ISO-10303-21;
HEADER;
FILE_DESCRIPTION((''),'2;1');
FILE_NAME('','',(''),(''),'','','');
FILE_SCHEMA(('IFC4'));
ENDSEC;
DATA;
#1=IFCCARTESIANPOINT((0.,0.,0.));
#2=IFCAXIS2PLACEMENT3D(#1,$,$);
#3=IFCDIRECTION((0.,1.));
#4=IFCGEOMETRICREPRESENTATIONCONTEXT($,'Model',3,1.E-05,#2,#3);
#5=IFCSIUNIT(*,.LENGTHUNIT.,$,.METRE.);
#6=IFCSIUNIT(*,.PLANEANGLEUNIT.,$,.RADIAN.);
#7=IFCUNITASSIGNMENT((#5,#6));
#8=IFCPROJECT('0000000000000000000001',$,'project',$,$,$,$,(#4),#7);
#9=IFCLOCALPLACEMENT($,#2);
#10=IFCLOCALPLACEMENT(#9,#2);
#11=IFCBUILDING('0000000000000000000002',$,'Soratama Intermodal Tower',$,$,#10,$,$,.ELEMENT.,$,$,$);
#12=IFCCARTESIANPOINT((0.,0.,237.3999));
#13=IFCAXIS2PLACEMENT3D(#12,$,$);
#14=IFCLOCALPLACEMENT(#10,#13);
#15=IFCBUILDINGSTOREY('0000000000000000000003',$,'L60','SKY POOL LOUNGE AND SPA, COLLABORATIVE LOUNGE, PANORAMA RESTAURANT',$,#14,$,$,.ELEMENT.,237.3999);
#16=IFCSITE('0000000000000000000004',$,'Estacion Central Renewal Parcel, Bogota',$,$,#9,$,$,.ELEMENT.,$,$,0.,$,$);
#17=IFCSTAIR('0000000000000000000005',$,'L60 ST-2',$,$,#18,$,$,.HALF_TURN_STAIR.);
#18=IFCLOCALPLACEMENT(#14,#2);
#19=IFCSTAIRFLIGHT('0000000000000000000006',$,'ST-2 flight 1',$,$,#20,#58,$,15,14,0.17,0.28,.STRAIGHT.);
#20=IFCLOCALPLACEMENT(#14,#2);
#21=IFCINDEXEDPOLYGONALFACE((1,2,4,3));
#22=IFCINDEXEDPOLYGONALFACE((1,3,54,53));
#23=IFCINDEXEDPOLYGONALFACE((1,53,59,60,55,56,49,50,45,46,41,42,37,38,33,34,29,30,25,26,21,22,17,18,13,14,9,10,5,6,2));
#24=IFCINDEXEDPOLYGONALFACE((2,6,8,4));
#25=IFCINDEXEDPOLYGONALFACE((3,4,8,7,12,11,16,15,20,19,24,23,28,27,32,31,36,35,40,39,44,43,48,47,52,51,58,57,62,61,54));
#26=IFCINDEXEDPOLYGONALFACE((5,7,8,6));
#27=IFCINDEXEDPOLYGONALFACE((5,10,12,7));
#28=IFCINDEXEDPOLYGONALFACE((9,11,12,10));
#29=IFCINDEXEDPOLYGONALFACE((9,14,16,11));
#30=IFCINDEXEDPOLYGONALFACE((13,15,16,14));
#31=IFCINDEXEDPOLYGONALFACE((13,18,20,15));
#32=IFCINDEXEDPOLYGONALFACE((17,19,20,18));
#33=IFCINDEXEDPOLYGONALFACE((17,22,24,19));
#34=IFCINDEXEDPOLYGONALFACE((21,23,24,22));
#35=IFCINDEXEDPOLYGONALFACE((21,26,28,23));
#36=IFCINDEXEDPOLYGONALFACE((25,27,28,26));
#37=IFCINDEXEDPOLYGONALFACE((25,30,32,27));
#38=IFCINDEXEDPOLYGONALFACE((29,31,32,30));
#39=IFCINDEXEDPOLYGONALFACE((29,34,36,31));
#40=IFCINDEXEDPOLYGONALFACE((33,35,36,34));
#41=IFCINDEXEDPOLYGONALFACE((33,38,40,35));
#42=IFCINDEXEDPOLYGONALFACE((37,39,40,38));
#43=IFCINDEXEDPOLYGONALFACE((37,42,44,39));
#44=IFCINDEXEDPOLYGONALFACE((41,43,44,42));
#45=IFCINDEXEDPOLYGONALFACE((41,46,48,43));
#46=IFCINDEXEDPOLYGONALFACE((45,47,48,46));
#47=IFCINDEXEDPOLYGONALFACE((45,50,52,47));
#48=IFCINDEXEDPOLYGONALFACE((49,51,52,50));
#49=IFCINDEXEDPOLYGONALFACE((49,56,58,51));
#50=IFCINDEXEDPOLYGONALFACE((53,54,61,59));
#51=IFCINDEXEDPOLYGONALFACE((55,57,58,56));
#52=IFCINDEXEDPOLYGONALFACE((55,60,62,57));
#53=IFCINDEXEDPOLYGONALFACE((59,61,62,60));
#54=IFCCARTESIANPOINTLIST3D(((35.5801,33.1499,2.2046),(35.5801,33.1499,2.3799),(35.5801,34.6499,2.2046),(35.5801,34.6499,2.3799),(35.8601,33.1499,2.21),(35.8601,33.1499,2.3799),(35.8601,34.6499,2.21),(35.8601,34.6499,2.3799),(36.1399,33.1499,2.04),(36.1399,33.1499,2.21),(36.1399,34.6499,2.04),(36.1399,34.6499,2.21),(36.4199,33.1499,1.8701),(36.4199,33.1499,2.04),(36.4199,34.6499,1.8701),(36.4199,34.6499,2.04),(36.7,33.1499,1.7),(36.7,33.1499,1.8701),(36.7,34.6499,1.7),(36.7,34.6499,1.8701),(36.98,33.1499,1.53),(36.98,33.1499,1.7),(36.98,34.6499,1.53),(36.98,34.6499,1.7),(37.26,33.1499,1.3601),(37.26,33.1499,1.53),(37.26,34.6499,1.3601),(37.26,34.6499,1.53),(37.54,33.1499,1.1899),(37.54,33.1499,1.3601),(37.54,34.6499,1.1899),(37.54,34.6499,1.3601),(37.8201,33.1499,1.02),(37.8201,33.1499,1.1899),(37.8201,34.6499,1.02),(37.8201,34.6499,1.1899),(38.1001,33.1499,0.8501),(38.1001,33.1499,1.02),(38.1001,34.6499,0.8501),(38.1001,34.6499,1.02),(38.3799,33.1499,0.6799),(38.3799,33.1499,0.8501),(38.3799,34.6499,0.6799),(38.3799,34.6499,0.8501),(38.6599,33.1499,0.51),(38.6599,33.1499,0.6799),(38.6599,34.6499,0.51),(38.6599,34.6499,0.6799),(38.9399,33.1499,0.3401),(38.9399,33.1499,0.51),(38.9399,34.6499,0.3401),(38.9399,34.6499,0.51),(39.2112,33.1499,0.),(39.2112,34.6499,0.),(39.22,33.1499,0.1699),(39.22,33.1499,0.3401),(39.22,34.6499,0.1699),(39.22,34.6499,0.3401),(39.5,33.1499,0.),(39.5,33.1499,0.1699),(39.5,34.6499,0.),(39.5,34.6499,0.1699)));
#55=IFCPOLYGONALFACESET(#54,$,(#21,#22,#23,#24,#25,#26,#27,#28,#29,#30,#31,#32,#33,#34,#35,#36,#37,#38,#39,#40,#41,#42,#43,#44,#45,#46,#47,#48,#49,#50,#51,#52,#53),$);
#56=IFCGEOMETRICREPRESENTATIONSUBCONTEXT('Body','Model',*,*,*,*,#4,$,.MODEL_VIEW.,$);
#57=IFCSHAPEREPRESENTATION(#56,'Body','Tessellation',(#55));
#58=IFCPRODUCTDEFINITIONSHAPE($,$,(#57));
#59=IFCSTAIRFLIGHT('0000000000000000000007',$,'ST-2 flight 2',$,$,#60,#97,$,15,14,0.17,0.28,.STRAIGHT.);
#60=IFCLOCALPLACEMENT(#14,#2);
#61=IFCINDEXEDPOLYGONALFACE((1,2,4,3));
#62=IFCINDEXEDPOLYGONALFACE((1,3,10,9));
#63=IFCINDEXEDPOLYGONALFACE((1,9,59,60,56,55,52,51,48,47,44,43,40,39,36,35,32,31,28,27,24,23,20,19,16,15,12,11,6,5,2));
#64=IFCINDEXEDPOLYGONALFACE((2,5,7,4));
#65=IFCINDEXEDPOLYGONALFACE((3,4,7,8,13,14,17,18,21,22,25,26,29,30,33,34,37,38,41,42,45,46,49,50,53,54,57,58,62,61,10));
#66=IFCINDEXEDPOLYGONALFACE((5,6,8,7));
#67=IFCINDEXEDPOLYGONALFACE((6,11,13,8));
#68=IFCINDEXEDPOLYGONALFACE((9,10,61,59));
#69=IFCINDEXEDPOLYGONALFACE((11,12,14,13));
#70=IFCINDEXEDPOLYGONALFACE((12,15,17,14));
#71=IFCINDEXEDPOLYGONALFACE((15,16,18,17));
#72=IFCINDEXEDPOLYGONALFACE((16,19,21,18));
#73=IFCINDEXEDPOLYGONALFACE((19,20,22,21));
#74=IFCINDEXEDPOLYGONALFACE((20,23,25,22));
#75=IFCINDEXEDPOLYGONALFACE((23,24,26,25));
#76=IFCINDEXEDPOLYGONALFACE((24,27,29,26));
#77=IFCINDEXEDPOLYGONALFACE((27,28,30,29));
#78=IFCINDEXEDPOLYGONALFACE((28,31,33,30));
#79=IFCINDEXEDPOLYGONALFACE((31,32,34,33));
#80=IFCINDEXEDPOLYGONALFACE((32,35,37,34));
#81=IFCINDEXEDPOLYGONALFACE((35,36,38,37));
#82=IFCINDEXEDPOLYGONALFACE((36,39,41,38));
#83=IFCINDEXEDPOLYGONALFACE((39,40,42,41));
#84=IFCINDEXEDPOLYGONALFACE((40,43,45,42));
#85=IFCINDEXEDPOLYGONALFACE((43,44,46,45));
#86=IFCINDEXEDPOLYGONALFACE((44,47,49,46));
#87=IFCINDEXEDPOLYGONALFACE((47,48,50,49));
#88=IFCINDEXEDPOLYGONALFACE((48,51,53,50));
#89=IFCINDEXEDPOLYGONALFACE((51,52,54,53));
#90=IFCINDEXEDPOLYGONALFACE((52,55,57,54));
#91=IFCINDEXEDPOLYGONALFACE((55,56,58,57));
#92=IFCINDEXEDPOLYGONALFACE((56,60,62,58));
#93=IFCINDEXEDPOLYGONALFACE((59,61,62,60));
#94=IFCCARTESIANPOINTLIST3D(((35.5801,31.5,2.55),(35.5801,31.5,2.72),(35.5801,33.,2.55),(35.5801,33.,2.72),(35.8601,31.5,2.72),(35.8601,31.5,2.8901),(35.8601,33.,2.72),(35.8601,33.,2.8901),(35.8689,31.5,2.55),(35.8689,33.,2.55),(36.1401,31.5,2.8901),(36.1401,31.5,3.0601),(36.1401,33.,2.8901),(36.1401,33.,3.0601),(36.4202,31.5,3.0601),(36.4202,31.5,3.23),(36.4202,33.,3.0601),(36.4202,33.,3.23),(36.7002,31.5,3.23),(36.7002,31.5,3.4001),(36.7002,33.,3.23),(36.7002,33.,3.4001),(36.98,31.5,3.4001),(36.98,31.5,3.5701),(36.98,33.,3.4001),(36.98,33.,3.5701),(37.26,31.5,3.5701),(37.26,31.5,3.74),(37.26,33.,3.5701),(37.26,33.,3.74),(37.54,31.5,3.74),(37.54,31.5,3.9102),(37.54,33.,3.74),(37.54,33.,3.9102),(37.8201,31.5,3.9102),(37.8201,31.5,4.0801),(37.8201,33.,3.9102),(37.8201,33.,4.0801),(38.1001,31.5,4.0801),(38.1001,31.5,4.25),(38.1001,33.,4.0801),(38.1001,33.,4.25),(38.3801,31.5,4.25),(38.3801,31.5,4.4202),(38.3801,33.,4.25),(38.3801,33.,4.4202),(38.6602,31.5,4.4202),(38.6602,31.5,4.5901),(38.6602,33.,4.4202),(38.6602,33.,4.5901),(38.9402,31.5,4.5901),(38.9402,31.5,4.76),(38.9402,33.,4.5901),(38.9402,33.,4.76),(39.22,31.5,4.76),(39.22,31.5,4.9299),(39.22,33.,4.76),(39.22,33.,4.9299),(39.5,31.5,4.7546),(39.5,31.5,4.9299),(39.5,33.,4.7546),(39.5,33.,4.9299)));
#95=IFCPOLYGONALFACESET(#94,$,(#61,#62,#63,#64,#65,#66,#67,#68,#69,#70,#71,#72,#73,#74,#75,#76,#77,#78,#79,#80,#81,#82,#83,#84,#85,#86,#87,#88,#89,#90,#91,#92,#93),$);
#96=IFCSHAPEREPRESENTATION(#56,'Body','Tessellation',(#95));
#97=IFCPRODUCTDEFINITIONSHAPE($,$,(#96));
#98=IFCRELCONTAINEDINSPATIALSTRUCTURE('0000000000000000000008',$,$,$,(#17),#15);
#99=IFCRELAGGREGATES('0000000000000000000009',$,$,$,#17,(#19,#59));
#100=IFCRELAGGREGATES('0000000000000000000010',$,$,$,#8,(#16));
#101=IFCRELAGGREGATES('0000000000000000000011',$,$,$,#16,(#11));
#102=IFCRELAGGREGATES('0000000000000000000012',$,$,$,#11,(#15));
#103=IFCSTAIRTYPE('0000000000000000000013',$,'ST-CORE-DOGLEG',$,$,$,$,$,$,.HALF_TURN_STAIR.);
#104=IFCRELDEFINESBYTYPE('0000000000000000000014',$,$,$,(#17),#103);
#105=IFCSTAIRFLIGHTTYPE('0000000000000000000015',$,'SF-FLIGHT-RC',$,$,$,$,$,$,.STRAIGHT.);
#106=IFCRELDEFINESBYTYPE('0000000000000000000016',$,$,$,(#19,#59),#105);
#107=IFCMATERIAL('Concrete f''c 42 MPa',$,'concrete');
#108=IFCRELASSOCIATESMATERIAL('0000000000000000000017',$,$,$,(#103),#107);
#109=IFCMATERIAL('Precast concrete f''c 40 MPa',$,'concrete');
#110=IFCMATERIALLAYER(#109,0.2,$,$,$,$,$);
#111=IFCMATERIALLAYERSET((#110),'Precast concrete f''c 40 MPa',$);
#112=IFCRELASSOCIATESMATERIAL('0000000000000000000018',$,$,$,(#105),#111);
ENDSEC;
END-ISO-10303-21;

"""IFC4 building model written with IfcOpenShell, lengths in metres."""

from ifc_helpers import new_model, si_unit, direction, frame, origin, place, context, subcontext, project, spatial, polyline, outline, extrude, material, layer, layer_set, type_object, element, aggregate, save


model = new_model("IFC4")

# Units and contexts
model_context = context("Model", 3, precision=1e-05, world=origin(), true_north=direction((0.0, 1.0)))
body_context = subcontext(model_context, "Body", "Model", "MODEL_VIEW")
ifc_project = project(units=[si_unit("LENGTHUNIT", "METRE"), si_unit("PLANEANGLEUNIT", "RADIAN")], contexts=[model_context])

# Site, building, storey
site_placement = place(None, origin())
site = spatial("IfcSite", under=ifc_project, at=site_placement, Name="Estacion Central Renewal Parcel, Bogota", CompositionType="ELEMENT", RefElevation=0.0)
building_placement = place(site_placement, origin())
building = spatial("IfcBuilding", under=site, at=building_placement, Name="Soratama Intermodal Tower", CompositionType="ELEMENT")
storey_placement = place(building_placement, frame((0.0, 0.0, 237.3999)))
storey = spatial("IfcBuildingStorey", under=building, at=storey_placement, Name="L60", Description="SKY POOL LOUNGE AND SPA, COLLABORATIVE LOUNGE, PANORAMA RESTAURANT", CompositionType="ELEMENT", Elevation=237.3999)

# Stair, stair flights
ifc_material_1 = material(Name="Concrete f'c 42 MPa", Category="concrete")
stair_type = type_object("IfcStairType", Name="ST-CORE-DOGLEG", PredefinedType="HALF_TURN_STAIR", material=ifc_material_1)
stair_placement = place(storey_placement, origin())
stair = element("IfcStair", 1, at=stair_placement, inside=storey, type_object=stair_type, Name="L60 ST-2", PredefinedType="HALF_TURN_STAIR")
ifc_material_2 = material(Name="Precast concrete f'c 40 MPa", Category="concrete")
ifc_layer_1 = layer(ifc_material_2, 0.2)
ifc_layer_set_1 = layer_set([ifc_layer_1], Name="Precast concrete f'c 40 MPa")
stair_flight_type = type_object("IfcStairFlightType", Name="SF-FLIGHT-RC", PredefinedType="STRAIGHT", material=ifc_layer_set_1)
stair_flight_1_placement = place(storey_placement, frame((39.5, 33.8999, 0.0), z_axis=(0.0, 0.0, 1.0), x_axis=(-1.0, 0.0, 0.0)))
stair_flight_1 = element("IfcStairFlight", 2, at=stair_flight_1_placement, type_object=stair_flight_type, Name="ST-2 flight 1", NumberOfRisers=15, NumberOfTreads=14, PredefinedType="STRAIGHT", RiserHeight=0.17, TreadLength=0.28, context=body_context, shape_type="SweptSolid", body=[
    extrude(outline(polyline([(0.0, 0.0), (0.0, 0.1699), (0.28, 0.1699), (0.28, 0.3401), (0.5601, 0.3401), (0.5601, 0.51), (0.8401, 0.51), (0.8401, 0.6799), (1.1201, 0.6799), (1.1201, 0.8501), (1.3999, 0.8501), (1.3999, 1.02), (1.6799, 1.02), (1.6799, 1.1899), (1.96, 1.1899), (1.96, 1.3601), (2.24, 1.3601), (2.24, 1.53), (2.52, 1.53), (2.52, 1.7), (2.8, 1.7), (2.8, 1.8701), (3.0801, 1.8701), (3.0801, 2.04), (3.3601, 2.04), (3.3601, 2.21), (3.6399, 2.21), (3.6399, 2.3799), (3.9199, 2.3799), (3.9199, 2.55), (3.9199, 2.2046), (0.2888, 0.0), (0.0, 0.0)])), frame((0.0, 0.75, 0.0), z_axis=(0.0, -1.0, 0.0), x_axis=(1.0, 0.0, 0.0)), (0.0, 0.0, 1.0), 1.5),
])
stair_flight_2_placement = place(storey_placement, frame((35.5801, 32.25, 2.55), z_axis=(0.0, 0.0, 1.0), x_axis=(1.0, 0.0, 0.0)))
stair_flight_2 = element("IfcStairFlight", 3, at=stair_flight_2_placement, type_object=stair_flight_type, Name="ST-2 flight 2", NumberOfRisers=15, NumberOfTreads=14, PredefinedType="STRAIGHT", RiserHeight=0.17, TreadLength=0.28, context=body_context, shape_type="SweptSolid", body=[
    extrude(outline(polyline([(0.0, 0.0), (0.0, 0.1699), (0.28, 0.1699), (0.28, 0.3401), (0.5601, 0.3401), (0.5601, 0.51), (0.8401, 0.51), (0.8401, 0.6799), (1.1201, 0.6799), (1.1201, 0.8501), (1.3999, 0.8501), (1.3999, 1.02), (1.6799, 1.02), (1.6799, 1.1899), (1.96, 1.1899), (1.96, 1.3601), (2.24, 1.3601), (2.24, 1.53), (2.52, 1.53), (2.52, 1.7), (2.8, 1.7), (2.8, 1.8701), (3.0801, 1.8701), (3.0801, 2.04), (3.3601, 2.04), (3.3601, 2.21), (3.6399, 2.21), (3.6399, 2.3799), (3.9199, 2.3799), (3.9199, 2.55), (3.9199, 2.2046), (0.2888, 0.0), (0.0, 0.0)])), frame((0.0, 0.75, 0.0), z_axis=(0.0, -1.0, 0.0), x_axis=(1.0, 0.0, 0.0)), (0.0, 0.0, 1.0), 1.5),
])
aggregate(stair, [stair_flight_1, stair_flight_2])

save(model, "model.ifc")
